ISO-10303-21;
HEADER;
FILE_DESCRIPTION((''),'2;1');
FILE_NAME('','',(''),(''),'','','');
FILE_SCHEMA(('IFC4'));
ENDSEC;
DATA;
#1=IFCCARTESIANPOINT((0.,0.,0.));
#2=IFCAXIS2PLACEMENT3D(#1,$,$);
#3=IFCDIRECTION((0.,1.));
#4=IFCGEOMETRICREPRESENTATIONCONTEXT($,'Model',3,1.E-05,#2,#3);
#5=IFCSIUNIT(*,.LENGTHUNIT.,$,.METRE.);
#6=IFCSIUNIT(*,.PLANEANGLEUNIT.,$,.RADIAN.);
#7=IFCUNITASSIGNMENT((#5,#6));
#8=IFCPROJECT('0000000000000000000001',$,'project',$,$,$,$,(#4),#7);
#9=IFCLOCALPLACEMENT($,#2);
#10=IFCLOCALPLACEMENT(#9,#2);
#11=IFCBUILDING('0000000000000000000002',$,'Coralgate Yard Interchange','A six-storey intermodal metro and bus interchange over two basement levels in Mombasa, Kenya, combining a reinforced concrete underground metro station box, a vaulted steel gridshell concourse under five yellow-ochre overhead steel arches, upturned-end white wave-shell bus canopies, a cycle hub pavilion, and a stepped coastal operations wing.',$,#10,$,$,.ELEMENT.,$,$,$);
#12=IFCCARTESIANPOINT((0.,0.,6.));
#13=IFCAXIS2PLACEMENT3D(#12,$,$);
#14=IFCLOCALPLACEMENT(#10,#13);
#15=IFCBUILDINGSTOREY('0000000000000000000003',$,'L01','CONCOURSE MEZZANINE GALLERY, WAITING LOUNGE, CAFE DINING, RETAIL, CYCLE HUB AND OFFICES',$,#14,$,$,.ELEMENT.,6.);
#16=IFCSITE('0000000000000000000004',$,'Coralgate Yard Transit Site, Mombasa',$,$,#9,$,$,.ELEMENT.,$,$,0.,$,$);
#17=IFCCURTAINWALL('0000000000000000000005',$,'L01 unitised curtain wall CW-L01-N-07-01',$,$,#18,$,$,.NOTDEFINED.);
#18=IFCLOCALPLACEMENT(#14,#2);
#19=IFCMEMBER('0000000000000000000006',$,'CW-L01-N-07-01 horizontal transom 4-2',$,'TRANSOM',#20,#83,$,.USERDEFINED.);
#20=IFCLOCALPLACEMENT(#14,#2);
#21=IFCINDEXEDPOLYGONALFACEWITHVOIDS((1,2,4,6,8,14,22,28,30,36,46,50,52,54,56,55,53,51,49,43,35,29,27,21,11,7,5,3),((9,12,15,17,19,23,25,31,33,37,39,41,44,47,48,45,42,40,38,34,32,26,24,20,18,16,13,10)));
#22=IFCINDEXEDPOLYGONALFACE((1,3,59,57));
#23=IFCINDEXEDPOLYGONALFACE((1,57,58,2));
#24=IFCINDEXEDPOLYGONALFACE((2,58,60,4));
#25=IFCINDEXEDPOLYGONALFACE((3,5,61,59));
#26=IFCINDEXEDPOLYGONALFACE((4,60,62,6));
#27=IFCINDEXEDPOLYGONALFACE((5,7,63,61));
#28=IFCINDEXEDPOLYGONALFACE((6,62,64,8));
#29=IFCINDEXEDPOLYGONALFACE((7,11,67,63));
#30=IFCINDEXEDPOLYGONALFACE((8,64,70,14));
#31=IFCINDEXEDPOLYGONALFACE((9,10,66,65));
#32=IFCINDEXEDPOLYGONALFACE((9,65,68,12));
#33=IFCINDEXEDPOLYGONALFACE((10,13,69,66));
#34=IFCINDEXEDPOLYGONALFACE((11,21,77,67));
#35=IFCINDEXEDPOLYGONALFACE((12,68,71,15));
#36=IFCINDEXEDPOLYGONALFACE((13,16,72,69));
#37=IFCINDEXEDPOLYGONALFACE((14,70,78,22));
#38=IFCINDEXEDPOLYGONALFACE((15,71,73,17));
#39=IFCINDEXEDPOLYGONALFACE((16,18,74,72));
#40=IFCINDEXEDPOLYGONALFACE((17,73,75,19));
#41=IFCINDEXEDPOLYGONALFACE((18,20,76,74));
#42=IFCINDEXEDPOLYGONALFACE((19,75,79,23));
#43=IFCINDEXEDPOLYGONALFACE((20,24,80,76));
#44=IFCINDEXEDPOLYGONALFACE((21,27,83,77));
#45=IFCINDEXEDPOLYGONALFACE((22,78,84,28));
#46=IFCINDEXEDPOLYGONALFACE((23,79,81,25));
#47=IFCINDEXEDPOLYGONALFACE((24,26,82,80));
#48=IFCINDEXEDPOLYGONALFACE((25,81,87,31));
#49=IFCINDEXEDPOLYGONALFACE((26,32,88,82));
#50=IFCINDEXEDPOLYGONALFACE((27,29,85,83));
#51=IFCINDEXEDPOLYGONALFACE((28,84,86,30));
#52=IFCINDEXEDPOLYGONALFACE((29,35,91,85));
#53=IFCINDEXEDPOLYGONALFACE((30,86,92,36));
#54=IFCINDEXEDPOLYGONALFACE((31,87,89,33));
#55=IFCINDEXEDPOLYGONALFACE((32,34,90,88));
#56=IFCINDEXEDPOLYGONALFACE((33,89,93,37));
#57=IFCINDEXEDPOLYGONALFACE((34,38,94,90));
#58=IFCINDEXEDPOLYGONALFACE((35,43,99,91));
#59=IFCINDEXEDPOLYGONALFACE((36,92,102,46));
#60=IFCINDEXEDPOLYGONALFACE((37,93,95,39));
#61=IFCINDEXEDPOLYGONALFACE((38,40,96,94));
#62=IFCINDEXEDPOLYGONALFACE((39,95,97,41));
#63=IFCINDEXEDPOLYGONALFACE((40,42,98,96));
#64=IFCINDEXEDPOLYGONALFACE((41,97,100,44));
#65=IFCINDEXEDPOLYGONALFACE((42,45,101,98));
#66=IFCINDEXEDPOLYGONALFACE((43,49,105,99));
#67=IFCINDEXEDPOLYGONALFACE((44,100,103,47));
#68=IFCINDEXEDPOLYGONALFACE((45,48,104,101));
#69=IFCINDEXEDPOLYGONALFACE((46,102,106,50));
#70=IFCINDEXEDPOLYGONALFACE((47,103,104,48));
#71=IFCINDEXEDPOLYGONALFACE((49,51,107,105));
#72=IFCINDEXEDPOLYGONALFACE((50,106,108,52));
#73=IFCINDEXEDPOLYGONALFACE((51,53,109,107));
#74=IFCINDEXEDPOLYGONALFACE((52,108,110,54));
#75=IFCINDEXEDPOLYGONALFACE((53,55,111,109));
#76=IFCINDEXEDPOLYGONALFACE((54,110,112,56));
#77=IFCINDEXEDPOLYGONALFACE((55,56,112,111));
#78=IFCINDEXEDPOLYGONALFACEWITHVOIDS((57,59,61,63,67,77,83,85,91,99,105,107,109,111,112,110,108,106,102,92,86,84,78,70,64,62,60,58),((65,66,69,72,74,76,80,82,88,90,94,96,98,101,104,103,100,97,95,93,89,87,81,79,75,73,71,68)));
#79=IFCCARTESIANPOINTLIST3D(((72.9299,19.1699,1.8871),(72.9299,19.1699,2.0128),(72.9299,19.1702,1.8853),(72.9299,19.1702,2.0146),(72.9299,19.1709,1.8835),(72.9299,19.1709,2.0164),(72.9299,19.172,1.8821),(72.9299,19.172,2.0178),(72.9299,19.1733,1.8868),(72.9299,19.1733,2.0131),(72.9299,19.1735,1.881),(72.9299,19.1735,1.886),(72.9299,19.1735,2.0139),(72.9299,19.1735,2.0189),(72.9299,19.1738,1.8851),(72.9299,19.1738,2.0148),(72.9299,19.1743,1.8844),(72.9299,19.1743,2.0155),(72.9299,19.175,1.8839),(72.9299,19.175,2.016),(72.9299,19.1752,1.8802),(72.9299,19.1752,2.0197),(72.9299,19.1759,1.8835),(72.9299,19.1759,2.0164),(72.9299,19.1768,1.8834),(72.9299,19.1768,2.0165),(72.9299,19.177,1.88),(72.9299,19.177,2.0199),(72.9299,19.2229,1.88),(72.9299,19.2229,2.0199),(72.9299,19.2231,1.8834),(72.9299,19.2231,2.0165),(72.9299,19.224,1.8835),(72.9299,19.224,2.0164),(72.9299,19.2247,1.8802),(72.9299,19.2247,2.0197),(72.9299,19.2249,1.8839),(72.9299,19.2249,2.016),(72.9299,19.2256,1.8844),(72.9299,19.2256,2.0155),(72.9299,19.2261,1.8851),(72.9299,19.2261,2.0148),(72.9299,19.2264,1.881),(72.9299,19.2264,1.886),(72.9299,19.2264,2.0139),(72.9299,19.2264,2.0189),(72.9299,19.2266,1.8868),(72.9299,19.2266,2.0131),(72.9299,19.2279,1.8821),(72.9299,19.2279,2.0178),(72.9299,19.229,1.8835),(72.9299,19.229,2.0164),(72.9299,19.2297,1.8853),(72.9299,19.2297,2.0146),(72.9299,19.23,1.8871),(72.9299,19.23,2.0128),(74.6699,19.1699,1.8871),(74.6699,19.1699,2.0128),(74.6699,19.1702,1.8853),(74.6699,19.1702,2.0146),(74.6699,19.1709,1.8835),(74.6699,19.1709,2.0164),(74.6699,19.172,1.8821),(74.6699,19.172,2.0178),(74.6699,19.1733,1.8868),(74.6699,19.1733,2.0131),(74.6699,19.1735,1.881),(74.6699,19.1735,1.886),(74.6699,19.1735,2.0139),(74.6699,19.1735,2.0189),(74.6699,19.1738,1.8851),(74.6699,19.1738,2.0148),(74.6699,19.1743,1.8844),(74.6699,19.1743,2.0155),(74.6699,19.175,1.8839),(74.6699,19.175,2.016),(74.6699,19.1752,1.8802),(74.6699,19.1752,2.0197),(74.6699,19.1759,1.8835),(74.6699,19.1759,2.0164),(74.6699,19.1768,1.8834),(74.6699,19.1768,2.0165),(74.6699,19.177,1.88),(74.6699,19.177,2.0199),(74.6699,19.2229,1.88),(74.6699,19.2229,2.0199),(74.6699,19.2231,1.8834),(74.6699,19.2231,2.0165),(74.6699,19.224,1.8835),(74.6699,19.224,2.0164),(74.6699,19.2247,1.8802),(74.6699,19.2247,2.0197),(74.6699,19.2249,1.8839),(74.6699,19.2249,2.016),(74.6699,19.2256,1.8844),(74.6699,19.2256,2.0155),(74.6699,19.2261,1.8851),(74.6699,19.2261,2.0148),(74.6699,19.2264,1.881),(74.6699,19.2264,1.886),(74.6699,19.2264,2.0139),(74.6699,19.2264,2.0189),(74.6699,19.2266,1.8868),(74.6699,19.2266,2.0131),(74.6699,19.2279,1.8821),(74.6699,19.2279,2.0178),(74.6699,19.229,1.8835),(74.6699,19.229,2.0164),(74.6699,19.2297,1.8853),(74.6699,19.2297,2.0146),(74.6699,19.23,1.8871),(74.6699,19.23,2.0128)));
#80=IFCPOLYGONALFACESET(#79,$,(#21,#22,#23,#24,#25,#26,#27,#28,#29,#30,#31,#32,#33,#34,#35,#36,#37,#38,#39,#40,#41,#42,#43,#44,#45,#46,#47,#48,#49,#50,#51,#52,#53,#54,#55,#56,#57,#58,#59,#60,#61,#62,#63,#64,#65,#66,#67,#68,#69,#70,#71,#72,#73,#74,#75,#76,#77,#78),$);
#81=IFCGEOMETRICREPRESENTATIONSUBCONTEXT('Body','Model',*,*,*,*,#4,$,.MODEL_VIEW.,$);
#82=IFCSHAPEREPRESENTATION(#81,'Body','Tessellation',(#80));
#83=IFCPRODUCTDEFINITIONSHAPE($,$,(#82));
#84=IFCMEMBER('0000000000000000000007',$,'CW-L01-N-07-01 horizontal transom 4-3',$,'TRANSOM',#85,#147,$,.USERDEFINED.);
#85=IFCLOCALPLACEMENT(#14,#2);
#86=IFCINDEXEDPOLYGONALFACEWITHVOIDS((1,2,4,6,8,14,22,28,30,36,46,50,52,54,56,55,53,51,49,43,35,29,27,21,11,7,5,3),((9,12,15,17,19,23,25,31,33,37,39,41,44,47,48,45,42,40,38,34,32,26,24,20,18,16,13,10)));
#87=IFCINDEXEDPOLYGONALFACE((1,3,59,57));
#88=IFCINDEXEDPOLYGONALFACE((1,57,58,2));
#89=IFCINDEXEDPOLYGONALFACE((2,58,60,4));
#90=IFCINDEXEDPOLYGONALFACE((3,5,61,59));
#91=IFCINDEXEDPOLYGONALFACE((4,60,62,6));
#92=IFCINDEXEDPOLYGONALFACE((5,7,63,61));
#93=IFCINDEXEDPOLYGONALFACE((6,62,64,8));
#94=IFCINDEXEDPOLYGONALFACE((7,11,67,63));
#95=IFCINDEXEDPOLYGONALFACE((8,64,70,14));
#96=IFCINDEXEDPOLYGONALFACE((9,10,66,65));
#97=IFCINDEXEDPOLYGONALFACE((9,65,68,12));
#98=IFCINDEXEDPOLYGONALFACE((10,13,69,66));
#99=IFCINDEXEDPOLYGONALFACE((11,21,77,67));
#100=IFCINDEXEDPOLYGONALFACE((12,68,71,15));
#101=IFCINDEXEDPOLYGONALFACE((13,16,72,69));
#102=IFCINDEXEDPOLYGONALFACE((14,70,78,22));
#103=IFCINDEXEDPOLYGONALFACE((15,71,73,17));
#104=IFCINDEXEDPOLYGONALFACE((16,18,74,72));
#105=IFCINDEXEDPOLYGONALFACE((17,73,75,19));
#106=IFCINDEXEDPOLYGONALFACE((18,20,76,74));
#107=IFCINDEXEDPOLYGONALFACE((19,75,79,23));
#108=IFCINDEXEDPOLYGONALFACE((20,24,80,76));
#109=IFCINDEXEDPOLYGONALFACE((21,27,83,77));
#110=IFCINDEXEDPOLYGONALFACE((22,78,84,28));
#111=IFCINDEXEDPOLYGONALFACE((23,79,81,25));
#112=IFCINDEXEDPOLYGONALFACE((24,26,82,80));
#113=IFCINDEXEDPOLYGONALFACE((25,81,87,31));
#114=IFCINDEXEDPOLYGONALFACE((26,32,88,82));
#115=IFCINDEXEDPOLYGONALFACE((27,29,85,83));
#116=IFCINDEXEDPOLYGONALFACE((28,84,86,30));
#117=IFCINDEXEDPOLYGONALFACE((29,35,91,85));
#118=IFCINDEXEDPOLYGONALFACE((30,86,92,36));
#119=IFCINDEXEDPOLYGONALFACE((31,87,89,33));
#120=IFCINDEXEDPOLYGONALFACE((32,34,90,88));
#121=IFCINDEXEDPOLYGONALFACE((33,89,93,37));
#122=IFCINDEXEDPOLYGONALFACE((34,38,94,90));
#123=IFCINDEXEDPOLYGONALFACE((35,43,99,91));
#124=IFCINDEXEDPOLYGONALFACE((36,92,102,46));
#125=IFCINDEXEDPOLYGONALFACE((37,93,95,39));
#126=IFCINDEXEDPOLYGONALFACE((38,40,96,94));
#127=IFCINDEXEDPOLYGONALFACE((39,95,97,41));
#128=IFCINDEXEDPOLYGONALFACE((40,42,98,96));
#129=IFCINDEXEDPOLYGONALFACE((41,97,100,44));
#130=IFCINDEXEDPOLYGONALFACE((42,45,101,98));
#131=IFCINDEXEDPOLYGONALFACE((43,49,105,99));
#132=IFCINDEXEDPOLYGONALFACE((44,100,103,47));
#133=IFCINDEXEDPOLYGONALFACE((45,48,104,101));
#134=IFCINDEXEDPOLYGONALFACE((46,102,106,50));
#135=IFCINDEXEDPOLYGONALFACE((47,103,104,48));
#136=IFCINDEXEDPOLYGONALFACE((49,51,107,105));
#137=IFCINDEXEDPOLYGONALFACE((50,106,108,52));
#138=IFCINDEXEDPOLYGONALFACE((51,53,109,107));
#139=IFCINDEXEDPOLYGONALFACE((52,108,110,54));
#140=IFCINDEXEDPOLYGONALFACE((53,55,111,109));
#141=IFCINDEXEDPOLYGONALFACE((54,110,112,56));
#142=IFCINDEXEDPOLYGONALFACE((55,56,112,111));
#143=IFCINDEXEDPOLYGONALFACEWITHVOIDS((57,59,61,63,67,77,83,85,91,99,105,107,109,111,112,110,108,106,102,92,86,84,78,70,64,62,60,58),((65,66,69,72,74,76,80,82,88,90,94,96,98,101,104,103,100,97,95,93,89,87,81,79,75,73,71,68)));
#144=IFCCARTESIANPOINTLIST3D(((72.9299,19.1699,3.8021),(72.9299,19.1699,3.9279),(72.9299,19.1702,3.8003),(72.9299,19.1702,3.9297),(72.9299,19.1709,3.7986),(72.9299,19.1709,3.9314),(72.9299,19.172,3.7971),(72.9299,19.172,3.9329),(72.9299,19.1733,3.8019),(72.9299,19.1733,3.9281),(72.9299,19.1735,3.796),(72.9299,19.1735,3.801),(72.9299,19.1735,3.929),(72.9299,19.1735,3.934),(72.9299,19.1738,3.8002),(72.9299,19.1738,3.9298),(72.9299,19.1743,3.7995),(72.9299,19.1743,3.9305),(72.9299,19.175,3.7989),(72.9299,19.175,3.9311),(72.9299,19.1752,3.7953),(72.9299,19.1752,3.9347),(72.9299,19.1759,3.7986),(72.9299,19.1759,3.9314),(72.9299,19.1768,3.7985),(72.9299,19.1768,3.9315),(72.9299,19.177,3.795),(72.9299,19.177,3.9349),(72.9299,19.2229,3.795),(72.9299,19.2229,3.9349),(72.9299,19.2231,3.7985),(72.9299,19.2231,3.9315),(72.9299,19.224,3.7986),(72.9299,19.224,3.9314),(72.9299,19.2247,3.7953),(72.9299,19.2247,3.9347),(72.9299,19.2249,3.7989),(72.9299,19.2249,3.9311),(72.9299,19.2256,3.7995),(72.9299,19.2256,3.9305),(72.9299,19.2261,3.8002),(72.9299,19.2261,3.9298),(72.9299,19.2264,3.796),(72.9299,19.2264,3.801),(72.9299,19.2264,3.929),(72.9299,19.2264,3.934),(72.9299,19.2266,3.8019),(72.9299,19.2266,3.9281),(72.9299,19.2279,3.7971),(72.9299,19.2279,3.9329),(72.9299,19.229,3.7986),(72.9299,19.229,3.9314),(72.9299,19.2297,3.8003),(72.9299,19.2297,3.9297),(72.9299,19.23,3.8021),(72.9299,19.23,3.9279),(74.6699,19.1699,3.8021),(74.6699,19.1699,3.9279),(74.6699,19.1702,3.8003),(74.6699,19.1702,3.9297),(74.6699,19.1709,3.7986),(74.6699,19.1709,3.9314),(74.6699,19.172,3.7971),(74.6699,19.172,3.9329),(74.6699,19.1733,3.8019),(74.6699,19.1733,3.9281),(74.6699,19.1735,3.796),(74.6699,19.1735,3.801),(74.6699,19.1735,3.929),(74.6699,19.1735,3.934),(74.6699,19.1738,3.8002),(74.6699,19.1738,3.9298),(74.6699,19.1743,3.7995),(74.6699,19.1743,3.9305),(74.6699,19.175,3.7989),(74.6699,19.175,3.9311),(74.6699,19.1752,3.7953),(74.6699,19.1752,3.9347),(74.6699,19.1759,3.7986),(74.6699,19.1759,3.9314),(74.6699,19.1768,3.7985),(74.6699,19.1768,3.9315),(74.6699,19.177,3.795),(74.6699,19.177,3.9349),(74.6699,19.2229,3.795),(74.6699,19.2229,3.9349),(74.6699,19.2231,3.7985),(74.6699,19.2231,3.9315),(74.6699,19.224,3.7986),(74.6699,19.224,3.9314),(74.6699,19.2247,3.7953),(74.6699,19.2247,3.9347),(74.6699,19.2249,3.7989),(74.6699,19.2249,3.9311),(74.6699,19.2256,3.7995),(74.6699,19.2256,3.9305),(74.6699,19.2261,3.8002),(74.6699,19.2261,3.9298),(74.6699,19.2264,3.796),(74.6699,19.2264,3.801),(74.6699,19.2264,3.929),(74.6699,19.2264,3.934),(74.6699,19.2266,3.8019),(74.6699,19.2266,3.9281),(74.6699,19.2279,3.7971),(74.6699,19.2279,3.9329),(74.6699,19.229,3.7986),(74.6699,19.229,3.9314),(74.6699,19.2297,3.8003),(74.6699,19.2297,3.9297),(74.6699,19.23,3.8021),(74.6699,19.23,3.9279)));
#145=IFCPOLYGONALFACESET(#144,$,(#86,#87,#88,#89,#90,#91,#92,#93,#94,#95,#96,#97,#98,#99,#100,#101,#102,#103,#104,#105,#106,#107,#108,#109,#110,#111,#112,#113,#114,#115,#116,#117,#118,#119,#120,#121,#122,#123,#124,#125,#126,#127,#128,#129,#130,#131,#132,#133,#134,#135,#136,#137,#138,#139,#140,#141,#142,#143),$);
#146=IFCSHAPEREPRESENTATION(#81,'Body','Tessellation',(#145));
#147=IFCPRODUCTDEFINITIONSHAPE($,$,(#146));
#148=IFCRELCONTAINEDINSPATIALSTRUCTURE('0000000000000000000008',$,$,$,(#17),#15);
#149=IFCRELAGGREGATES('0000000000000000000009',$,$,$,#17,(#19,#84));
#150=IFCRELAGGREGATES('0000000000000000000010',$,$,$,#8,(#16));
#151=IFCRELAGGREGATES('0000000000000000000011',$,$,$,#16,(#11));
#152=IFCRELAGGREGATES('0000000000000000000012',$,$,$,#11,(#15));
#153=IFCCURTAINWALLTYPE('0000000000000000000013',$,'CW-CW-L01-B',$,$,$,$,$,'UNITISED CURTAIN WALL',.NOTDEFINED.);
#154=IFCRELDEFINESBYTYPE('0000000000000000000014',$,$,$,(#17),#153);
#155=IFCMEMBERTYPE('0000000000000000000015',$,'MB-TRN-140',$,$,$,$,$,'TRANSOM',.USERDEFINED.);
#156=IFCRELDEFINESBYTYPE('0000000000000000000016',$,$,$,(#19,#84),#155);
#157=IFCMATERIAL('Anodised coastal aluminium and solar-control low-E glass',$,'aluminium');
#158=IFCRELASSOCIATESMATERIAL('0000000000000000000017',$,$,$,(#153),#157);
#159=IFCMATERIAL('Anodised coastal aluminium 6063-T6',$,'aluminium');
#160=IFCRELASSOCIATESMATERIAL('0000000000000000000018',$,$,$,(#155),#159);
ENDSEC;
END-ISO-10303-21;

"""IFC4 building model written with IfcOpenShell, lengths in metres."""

from ifc_helpers import new_model, si_unit, direction, frame, origin, origin_2d, place, context, subcontext, project, spatial, hollow_rectangle, extrude, material, material_profile, profile_set, type_object, element, aggregate, save


model = new_model("IFC4")

# Units and contexts
model_context = context("Model", 3, precision=1e-05, world=origin(), true_north=direction((0.0, 1.0)))
body_context = subcontext(model_context, "Body", "Model", "MODEL_VIEW")
ifc_project = project(units=[si_unit("LENGTHUNIT", "METRE"), si_unit("PLANEANGLEUNIT", "RADIAN")], contexts=[model_context])

# Site, building, storey
site_placement = place(None, origin())
site = spatial("IfcSite", under=ifc_project, at=site_placement, Name="Coralgate Yard Transit Site, Mombasa", CompositionType="ELEMENT", RefElevation=0.0)
building_placement = place(site_placement, origin())
building = spatial("IfcBuilding", under=site, at=building_placement, Name="Coralgate Yard Interchange", Description="A six-storey intermodal metro and bus interchange over two basement levels in Mombasa, Kenya, combining a reinforced concrete underground metro station box, a vaulted steel gridshell concourse under five yellow-ochre overhead steel arches, upturned-end white wave-shell bus canopies, a cycle hub pavilion, and a stepped coastal operations wing.", CompositionType="ELEMENT")
storey_placement = place(building_placement, frame((0.0, 0.0, 6.0)))
storey = spatial("IfcBuildingStorey", under=building, at=storey_placement, Name="L01", Description="CONCOURSE MEZZANINE GALLERY, WAITING LOUNGE, CAFE DINING, RETAIL, CYCLE HUB AND OFFICES", CompositionType="ELEMENT", Elevation=6.0)

# Curtain wall
ifc_material_1 = material(Name="Anodised coastal aluminium and solar-control low-E glass", Category="aluminium")
curtain_wall_type = type_object("IfcCurtainWallType", Name="CW-CW-L01-B", ElementType="UNITISED CURTAIN WALL", PredefinedType="NOTDEFINED", material=ifc_material_1)
curtain_wall_1_placement = place(storey_placement, origin())
curtain_wall_1 = element("IfcCurtainWall", 1, at=curtain_wall_1_placement, inside=storey, type_object=curtain_wall_type, Name="L01 unitised curtain wall CW-L01-N-07-01", PredefinedType="NOTDEFINED")
ifc_material_2 = material(Name="Anodised coastal aluminium 6063-T6", Category="aluminium")

# Members
ifc_material_profile_1 = material_profile(ifc_material_2, hollow_rectangle(XDim=0.0601, YDim=0.1399, WallThickness=0.0034, InnerFilletRadius=0.0034, OuterFilletRadius=0.0071, at=origin_2d()), Name="ALU 60x140x3.5")
ifc_profile_set_1 = profile_set([ifc_material_profile_1], Name="Anodised coastal aluminium 6063-T6")
member_type_1 = type_object("IfcMemberType", Name="MB-TRN-140", ElementType="TRANSOM", PredefinedType="USERDEFINED", material=ifc_profile_set_1)
member_1_placement = place(storey_placement, frame((72.9299, 19.2, 1.95), z_axis=(1.0, 0.0, 0.0), x_axis=(0.0, 1.0, 0.0)))
member_1 = element("IfcMember", 2, at=member_1_placement, type_object=member_type_1, Name="CW-L01-N-07-01 horizontal transom 4-2", ObjectType="TRANSOM", PredefinedType="USERDEFINED", context=body_context, shape_type="SweptSolid", body=[
    extrude(hollow_rectangle(XDim=0.0601, YDim=0.1399, WallThickness=0.0034, InnerFilletRadius=0.0034, OuterFilletRadius=0.0071, at=origin_2d()), origin(), (0.0, 0.0, 1.0), 1.74),
])
member_2_placement = place(storey_placement, frame((72.9299, 19.2, 3.865), z_axis=(1.0, 0.0, 0.0), x_axis=(0.0, 1.0, 0.0)))
member_2 = element("IfcMember", 3, at=member_2_placement, type_object=member_type_1, Name="CW-L01-N-07-01 horizontal transom 4-3", ObjectType="TRANSOM", PredefinedType="USERDEFINED", context=body_context, shape_type="SweptSolid", body=[
    extrude(hollow_rectangle(XDim=0.0601, YDim=0.1399, WallThickness=0.0034, InnerFilletRadius=0.0034, OuterFilletRadius=0.0071, at=origin_2d()), origin(), (0.0, 0.0, 1.0), 1.74),
])

aggregate(curtain_wall_1, [member_1, member_2])

save(model, "model.ifc")
